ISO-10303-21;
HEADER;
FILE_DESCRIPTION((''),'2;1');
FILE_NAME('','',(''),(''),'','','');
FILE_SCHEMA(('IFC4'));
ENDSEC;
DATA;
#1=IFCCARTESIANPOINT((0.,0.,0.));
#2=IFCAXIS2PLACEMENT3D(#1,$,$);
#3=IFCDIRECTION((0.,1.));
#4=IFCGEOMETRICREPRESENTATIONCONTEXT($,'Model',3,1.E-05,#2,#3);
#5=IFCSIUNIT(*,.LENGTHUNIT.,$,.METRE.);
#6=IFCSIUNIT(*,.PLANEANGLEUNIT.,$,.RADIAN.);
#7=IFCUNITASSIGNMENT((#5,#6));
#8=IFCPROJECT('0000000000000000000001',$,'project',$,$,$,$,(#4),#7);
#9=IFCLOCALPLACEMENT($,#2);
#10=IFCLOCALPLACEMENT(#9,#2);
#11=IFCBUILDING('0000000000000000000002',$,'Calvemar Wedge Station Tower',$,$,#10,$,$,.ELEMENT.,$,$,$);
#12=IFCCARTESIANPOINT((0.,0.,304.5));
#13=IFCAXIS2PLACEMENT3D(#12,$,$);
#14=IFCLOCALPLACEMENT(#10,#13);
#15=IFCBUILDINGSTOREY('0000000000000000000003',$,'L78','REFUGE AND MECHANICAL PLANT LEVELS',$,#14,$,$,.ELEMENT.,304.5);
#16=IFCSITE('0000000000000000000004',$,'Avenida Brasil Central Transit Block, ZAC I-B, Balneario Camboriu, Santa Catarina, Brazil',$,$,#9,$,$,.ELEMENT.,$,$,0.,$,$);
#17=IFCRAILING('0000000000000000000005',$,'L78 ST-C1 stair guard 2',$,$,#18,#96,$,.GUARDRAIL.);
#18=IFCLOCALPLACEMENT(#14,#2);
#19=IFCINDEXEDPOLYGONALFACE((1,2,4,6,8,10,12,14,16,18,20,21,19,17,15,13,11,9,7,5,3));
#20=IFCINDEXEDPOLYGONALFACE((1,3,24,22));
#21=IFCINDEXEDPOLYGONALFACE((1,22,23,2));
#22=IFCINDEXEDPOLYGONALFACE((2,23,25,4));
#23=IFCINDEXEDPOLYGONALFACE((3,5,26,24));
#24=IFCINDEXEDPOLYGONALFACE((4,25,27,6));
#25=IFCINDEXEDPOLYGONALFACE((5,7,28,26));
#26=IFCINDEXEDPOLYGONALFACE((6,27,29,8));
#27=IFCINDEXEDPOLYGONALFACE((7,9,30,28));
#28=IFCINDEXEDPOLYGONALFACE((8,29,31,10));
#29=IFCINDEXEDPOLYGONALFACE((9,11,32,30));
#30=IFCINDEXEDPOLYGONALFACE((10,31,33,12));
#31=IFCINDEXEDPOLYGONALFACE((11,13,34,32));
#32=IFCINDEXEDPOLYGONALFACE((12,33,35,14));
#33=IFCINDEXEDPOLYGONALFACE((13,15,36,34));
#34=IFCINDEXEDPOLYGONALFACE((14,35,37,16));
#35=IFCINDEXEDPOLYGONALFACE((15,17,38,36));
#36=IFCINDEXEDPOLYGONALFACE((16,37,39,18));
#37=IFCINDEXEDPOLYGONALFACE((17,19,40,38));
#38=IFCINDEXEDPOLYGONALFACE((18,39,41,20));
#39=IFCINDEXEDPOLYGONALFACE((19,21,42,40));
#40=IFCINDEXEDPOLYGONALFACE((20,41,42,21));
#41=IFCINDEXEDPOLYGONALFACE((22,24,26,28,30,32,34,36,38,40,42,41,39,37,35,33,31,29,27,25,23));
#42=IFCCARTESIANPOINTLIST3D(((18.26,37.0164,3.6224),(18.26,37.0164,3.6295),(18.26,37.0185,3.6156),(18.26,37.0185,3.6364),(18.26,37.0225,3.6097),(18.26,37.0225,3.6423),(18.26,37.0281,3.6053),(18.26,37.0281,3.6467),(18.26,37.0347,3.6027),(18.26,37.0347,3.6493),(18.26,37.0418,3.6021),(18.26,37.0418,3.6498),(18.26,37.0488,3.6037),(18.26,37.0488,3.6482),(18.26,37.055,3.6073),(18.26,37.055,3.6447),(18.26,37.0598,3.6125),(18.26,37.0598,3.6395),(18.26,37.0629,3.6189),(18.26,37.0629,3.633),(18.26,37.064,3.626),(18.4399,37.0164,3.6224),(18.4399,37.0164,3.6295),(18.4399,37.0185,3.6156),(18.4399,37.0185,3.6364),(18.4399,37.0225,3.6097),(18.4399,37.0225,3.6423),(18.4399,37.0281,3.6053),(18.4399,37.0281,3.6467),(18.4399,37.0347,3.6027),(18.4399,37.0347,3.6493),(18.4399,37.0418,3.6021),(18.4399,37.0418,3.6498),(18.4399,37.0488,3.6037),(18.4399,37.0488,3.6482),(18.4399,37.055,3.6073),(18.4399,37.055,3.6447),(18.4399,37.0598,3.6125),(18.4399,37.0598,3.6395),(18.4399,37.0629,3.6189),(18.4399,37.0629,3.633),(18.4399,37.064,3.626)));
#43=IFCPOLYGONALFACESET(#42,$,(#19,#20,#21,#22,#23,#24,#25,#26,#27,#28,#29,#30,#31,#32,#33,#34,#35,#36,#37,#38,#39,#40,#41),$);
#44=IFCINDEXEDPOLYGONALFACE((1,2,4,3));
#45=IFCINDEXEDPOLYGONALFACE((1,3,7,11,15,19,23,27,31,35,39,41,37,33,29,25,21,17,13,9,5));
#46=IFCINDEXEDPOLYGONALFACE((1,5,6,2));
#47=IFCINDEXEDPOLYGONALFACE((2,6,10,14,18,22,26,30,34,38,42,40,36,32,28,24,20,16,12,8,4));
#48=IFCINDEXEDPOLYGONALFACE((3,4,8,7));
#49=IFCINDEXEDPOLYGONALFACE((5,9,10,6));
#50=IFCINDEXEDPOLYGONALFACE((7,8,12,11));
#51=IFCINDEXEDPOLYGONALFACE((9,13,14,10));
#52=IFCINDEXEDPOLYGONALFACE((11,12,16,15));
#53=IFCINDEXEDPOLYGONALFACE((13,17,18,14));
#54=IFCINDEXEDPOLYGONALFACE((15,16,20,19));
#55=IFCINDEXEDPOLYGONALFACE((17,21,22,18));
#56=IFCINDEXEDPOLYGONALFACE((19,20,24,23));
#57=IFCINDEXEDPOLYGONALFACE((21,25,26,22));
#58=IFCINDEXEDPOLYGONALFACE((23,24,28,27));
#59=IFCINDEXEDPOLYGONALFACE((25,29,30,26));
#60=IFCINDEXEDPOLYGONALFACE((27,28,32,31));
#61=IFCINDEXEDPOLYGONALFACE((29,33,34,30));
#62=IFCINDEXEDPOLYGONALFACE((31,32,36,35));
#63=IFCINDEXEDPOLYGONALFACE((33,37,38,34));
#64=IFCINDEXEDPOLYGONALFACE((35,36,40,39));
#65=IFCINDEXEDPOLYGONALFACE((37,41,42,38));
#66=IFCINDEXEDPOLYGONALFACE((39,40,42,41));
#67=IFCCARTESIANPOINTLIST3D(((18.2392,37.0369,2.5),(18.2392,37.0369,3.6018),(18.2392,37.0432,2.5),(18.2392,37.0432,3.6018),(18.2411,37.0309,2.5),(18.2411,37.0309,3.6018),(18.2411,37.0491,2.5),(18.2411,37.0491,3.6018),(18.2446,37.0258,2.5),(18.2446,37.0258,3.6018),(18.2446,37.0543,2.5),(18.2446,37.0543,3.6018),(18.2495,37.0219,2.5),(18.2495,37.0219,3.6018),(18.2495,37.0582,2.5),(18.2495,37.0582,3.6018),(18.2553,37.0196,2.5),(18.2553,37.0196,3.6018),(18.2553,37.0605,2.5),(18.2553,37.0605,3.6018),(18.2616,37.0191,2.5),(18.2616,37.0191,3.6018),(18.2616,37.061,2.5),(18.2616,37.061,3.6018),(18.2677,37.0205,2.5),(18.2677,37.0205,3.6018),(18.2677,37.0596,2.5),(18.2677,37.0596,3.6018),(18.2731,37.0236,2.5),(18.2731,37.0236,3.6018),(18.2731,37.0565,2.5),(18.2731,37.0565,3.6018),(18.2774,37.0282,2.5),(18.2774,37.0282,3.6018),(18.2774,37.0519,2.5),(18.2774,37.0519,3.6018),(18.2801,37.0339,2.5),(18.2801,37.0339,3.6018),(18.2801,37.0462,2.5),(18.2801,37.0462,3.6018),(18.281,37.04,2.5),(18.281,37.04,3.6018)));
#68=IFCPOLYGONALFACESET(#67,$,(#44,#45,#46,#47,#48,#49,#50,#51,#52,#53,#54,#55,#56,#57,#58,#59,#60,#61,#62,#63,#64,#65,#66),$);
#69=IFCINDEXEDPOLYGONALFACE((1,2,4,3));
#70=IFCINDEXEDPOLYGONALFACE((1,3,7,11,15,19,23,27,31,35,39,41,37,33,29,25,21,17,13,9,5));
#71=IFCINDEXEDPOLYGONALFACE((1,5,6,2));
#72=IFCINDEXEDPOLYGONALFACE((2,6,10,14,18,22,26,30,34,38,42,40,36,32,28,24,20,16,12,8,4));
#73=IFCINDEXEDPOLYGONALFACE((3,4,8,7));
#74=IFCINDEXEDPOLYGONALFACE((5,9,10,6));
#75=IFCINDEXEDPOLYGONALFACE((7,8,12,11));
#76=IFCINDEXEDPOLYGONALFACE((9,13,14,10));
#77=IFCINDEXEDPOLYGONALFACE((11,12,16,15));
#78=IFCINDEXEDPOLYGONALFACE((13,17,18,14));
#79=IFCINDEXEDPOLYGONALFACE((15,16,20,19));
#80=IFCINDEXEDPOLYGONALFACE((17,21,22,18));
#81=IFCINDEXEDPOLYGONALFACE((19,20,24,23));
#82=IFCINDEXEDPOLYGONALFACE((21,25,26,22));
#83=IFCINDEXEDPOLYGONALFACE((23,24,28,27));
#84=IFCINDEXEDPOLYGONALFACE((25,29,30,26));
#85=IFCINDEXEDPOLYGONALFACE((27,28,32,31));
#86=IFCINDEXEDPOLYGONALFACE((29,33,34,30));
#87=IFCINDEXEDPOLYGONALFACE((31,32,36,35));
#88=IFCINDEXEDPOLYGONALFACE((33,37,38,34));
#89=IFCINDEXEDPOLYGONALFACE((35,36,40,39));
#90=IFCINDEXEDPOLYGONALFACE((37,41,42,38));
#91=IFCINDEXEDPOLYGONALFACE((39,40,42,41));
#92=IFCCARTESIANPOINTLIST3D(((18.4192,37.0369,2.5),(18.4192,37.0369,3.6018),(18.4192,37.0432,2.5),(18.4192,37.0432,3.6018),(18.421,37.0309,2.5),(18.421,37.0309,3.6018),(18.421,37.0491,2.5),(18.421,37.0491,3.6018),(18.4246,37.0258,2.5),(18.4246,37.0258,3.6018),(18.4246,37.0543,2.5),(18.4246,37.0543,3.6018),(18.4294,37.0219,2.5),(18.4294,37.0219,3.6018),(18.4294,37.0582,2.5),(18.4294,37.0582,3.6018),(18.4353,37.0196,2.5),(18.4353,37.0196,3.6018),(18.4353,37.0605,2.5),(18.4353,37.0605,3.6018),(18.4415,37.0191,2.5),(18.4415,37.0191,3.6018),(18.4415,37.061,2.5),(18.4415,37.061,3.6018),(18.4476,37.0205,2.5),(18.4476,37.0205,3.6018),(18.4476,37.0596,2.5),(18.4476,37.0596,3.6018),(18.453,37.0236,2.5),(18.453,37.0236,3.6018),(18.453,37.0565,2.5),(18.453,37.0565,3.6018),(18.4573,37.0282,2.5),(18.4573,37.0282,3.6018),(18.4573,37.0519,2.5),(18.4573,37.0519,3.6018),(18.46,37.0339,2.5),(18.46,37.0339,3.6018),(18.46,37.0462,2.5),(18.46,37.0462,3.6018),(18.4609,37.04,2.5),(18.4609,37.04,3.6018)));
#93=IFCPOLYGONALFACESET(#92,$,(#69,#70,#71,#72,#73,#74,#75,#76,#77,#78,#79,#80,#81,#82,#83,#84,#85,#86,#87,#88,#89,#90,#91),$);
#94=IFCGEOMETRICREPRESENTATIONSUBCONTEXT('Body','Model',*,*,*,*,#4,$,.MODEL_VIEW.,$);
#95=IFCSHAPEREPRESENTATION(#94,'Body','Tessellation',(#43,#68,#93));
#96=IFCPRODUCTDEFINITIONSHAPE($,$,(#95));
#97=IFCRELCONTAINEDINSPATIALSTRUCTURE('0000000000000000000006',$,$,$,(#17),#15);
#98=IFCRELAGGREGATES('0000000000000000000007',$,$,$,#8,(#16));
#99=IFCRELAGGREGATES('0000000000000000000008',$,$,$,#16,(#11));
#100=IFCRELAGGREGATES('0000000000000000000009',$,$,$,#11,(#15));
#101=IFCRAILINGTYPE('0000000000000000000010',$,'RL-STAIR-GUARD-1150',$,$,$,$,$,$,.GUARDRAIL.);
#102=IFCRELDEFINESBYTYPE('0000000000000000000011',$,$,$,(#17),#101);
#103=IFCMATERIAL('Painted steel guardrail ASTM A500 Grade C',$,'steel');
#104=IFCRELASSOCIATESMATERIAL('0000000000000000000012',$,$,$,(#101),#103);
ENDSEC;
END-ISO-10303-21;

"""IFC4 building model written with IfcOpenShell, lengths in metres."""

from ifc_helpers import new_model, si_unit, direction, frame, origin, origin_2d, place, context, subcontext, project, spatial, circle, extrude, material, type_object, element, save


model = new_model("IFC4")

# Units and contexts
model_context = context("Model", 3, precision=1e-05, world=origin(), true_north=direction((0.0, 1.0)))
body_context = subcontext(model_context, "Body", "Model", "MODEL_VIEW")
ifc_project = project(units=[si_unit("LENGTHUNIT", "METRE"), si_unit("PLANEANGLEUNIT", "RADIAN")], contexts=[model_context])

# Site, building, storey
site_placement = place(None, origin())
site = spatial("IfcSite", under=ifc_project, at=site_placement, Name="Avenida Brasil Central Transit Block, ZAC I-B, Balneario Camboriu, Santa Catarina, Brazil", CompositionType="ELEMENT", RefElevation=0.0)
building_placement = place(site_placement, origin())
building = spatial("IfcBuilding", under=site, at=building_placement, Name="Calvemar Wedge Station Tower", CompositionType="ELEMENT")
storey_placement = place(building_placement, frame((0.0, 0.0, 304.5)))
storey = spatial("IfcBuildingStorey", under=building, at=storey_placement, Name="L78", Description="REFUGE AND MECHANICAL PLANT LEVELS", CompositionType="ELEMENT", Elevation=304.5)

# Railing
ifc_material_1 = material(Name="Painted steel guardrail ASTM A500 Grade C", Category="steel")
railing_type_1 = type_object("IfcRailingType", Name="RL-STAIR-GUARD-1150", PredefinedType="GUARDRAIL", material=ifc_material_1)
railing_1_placement = place(storey_placement, frame((18.26, 37.04, 2.5)))
element("IfcRailing", 1, at=railing_1_placement, inside=storey, type_object=railing_type_1, Name="L78 ST-C1 stair guard 2", PredefinedType="GUARDRAIL", context=body_context, shape_type="SweptSolid", body=[
    extrude(circle(Radius=0.0239, at=origin_2d()), frame((0.0, 0.0, 1.126), z_axis=(1.0, 0.0, 0.0), x_axis=(0.0, 1.0, 0.0)), (0.0, 0.0, 1.0), 0.1799),
    extrude(circle(Radius=0.021, at=origin_2d()), origin(), (0.0, 0.0, 1.0), 1.1018),
    extrude(circle(Radius=0.021, at=origin_2d()), frame((0.1799, 0.0, 0.0)), (0.0, 0.0, 1.0), 1.1018),
])

save(model, "model.ifc")
